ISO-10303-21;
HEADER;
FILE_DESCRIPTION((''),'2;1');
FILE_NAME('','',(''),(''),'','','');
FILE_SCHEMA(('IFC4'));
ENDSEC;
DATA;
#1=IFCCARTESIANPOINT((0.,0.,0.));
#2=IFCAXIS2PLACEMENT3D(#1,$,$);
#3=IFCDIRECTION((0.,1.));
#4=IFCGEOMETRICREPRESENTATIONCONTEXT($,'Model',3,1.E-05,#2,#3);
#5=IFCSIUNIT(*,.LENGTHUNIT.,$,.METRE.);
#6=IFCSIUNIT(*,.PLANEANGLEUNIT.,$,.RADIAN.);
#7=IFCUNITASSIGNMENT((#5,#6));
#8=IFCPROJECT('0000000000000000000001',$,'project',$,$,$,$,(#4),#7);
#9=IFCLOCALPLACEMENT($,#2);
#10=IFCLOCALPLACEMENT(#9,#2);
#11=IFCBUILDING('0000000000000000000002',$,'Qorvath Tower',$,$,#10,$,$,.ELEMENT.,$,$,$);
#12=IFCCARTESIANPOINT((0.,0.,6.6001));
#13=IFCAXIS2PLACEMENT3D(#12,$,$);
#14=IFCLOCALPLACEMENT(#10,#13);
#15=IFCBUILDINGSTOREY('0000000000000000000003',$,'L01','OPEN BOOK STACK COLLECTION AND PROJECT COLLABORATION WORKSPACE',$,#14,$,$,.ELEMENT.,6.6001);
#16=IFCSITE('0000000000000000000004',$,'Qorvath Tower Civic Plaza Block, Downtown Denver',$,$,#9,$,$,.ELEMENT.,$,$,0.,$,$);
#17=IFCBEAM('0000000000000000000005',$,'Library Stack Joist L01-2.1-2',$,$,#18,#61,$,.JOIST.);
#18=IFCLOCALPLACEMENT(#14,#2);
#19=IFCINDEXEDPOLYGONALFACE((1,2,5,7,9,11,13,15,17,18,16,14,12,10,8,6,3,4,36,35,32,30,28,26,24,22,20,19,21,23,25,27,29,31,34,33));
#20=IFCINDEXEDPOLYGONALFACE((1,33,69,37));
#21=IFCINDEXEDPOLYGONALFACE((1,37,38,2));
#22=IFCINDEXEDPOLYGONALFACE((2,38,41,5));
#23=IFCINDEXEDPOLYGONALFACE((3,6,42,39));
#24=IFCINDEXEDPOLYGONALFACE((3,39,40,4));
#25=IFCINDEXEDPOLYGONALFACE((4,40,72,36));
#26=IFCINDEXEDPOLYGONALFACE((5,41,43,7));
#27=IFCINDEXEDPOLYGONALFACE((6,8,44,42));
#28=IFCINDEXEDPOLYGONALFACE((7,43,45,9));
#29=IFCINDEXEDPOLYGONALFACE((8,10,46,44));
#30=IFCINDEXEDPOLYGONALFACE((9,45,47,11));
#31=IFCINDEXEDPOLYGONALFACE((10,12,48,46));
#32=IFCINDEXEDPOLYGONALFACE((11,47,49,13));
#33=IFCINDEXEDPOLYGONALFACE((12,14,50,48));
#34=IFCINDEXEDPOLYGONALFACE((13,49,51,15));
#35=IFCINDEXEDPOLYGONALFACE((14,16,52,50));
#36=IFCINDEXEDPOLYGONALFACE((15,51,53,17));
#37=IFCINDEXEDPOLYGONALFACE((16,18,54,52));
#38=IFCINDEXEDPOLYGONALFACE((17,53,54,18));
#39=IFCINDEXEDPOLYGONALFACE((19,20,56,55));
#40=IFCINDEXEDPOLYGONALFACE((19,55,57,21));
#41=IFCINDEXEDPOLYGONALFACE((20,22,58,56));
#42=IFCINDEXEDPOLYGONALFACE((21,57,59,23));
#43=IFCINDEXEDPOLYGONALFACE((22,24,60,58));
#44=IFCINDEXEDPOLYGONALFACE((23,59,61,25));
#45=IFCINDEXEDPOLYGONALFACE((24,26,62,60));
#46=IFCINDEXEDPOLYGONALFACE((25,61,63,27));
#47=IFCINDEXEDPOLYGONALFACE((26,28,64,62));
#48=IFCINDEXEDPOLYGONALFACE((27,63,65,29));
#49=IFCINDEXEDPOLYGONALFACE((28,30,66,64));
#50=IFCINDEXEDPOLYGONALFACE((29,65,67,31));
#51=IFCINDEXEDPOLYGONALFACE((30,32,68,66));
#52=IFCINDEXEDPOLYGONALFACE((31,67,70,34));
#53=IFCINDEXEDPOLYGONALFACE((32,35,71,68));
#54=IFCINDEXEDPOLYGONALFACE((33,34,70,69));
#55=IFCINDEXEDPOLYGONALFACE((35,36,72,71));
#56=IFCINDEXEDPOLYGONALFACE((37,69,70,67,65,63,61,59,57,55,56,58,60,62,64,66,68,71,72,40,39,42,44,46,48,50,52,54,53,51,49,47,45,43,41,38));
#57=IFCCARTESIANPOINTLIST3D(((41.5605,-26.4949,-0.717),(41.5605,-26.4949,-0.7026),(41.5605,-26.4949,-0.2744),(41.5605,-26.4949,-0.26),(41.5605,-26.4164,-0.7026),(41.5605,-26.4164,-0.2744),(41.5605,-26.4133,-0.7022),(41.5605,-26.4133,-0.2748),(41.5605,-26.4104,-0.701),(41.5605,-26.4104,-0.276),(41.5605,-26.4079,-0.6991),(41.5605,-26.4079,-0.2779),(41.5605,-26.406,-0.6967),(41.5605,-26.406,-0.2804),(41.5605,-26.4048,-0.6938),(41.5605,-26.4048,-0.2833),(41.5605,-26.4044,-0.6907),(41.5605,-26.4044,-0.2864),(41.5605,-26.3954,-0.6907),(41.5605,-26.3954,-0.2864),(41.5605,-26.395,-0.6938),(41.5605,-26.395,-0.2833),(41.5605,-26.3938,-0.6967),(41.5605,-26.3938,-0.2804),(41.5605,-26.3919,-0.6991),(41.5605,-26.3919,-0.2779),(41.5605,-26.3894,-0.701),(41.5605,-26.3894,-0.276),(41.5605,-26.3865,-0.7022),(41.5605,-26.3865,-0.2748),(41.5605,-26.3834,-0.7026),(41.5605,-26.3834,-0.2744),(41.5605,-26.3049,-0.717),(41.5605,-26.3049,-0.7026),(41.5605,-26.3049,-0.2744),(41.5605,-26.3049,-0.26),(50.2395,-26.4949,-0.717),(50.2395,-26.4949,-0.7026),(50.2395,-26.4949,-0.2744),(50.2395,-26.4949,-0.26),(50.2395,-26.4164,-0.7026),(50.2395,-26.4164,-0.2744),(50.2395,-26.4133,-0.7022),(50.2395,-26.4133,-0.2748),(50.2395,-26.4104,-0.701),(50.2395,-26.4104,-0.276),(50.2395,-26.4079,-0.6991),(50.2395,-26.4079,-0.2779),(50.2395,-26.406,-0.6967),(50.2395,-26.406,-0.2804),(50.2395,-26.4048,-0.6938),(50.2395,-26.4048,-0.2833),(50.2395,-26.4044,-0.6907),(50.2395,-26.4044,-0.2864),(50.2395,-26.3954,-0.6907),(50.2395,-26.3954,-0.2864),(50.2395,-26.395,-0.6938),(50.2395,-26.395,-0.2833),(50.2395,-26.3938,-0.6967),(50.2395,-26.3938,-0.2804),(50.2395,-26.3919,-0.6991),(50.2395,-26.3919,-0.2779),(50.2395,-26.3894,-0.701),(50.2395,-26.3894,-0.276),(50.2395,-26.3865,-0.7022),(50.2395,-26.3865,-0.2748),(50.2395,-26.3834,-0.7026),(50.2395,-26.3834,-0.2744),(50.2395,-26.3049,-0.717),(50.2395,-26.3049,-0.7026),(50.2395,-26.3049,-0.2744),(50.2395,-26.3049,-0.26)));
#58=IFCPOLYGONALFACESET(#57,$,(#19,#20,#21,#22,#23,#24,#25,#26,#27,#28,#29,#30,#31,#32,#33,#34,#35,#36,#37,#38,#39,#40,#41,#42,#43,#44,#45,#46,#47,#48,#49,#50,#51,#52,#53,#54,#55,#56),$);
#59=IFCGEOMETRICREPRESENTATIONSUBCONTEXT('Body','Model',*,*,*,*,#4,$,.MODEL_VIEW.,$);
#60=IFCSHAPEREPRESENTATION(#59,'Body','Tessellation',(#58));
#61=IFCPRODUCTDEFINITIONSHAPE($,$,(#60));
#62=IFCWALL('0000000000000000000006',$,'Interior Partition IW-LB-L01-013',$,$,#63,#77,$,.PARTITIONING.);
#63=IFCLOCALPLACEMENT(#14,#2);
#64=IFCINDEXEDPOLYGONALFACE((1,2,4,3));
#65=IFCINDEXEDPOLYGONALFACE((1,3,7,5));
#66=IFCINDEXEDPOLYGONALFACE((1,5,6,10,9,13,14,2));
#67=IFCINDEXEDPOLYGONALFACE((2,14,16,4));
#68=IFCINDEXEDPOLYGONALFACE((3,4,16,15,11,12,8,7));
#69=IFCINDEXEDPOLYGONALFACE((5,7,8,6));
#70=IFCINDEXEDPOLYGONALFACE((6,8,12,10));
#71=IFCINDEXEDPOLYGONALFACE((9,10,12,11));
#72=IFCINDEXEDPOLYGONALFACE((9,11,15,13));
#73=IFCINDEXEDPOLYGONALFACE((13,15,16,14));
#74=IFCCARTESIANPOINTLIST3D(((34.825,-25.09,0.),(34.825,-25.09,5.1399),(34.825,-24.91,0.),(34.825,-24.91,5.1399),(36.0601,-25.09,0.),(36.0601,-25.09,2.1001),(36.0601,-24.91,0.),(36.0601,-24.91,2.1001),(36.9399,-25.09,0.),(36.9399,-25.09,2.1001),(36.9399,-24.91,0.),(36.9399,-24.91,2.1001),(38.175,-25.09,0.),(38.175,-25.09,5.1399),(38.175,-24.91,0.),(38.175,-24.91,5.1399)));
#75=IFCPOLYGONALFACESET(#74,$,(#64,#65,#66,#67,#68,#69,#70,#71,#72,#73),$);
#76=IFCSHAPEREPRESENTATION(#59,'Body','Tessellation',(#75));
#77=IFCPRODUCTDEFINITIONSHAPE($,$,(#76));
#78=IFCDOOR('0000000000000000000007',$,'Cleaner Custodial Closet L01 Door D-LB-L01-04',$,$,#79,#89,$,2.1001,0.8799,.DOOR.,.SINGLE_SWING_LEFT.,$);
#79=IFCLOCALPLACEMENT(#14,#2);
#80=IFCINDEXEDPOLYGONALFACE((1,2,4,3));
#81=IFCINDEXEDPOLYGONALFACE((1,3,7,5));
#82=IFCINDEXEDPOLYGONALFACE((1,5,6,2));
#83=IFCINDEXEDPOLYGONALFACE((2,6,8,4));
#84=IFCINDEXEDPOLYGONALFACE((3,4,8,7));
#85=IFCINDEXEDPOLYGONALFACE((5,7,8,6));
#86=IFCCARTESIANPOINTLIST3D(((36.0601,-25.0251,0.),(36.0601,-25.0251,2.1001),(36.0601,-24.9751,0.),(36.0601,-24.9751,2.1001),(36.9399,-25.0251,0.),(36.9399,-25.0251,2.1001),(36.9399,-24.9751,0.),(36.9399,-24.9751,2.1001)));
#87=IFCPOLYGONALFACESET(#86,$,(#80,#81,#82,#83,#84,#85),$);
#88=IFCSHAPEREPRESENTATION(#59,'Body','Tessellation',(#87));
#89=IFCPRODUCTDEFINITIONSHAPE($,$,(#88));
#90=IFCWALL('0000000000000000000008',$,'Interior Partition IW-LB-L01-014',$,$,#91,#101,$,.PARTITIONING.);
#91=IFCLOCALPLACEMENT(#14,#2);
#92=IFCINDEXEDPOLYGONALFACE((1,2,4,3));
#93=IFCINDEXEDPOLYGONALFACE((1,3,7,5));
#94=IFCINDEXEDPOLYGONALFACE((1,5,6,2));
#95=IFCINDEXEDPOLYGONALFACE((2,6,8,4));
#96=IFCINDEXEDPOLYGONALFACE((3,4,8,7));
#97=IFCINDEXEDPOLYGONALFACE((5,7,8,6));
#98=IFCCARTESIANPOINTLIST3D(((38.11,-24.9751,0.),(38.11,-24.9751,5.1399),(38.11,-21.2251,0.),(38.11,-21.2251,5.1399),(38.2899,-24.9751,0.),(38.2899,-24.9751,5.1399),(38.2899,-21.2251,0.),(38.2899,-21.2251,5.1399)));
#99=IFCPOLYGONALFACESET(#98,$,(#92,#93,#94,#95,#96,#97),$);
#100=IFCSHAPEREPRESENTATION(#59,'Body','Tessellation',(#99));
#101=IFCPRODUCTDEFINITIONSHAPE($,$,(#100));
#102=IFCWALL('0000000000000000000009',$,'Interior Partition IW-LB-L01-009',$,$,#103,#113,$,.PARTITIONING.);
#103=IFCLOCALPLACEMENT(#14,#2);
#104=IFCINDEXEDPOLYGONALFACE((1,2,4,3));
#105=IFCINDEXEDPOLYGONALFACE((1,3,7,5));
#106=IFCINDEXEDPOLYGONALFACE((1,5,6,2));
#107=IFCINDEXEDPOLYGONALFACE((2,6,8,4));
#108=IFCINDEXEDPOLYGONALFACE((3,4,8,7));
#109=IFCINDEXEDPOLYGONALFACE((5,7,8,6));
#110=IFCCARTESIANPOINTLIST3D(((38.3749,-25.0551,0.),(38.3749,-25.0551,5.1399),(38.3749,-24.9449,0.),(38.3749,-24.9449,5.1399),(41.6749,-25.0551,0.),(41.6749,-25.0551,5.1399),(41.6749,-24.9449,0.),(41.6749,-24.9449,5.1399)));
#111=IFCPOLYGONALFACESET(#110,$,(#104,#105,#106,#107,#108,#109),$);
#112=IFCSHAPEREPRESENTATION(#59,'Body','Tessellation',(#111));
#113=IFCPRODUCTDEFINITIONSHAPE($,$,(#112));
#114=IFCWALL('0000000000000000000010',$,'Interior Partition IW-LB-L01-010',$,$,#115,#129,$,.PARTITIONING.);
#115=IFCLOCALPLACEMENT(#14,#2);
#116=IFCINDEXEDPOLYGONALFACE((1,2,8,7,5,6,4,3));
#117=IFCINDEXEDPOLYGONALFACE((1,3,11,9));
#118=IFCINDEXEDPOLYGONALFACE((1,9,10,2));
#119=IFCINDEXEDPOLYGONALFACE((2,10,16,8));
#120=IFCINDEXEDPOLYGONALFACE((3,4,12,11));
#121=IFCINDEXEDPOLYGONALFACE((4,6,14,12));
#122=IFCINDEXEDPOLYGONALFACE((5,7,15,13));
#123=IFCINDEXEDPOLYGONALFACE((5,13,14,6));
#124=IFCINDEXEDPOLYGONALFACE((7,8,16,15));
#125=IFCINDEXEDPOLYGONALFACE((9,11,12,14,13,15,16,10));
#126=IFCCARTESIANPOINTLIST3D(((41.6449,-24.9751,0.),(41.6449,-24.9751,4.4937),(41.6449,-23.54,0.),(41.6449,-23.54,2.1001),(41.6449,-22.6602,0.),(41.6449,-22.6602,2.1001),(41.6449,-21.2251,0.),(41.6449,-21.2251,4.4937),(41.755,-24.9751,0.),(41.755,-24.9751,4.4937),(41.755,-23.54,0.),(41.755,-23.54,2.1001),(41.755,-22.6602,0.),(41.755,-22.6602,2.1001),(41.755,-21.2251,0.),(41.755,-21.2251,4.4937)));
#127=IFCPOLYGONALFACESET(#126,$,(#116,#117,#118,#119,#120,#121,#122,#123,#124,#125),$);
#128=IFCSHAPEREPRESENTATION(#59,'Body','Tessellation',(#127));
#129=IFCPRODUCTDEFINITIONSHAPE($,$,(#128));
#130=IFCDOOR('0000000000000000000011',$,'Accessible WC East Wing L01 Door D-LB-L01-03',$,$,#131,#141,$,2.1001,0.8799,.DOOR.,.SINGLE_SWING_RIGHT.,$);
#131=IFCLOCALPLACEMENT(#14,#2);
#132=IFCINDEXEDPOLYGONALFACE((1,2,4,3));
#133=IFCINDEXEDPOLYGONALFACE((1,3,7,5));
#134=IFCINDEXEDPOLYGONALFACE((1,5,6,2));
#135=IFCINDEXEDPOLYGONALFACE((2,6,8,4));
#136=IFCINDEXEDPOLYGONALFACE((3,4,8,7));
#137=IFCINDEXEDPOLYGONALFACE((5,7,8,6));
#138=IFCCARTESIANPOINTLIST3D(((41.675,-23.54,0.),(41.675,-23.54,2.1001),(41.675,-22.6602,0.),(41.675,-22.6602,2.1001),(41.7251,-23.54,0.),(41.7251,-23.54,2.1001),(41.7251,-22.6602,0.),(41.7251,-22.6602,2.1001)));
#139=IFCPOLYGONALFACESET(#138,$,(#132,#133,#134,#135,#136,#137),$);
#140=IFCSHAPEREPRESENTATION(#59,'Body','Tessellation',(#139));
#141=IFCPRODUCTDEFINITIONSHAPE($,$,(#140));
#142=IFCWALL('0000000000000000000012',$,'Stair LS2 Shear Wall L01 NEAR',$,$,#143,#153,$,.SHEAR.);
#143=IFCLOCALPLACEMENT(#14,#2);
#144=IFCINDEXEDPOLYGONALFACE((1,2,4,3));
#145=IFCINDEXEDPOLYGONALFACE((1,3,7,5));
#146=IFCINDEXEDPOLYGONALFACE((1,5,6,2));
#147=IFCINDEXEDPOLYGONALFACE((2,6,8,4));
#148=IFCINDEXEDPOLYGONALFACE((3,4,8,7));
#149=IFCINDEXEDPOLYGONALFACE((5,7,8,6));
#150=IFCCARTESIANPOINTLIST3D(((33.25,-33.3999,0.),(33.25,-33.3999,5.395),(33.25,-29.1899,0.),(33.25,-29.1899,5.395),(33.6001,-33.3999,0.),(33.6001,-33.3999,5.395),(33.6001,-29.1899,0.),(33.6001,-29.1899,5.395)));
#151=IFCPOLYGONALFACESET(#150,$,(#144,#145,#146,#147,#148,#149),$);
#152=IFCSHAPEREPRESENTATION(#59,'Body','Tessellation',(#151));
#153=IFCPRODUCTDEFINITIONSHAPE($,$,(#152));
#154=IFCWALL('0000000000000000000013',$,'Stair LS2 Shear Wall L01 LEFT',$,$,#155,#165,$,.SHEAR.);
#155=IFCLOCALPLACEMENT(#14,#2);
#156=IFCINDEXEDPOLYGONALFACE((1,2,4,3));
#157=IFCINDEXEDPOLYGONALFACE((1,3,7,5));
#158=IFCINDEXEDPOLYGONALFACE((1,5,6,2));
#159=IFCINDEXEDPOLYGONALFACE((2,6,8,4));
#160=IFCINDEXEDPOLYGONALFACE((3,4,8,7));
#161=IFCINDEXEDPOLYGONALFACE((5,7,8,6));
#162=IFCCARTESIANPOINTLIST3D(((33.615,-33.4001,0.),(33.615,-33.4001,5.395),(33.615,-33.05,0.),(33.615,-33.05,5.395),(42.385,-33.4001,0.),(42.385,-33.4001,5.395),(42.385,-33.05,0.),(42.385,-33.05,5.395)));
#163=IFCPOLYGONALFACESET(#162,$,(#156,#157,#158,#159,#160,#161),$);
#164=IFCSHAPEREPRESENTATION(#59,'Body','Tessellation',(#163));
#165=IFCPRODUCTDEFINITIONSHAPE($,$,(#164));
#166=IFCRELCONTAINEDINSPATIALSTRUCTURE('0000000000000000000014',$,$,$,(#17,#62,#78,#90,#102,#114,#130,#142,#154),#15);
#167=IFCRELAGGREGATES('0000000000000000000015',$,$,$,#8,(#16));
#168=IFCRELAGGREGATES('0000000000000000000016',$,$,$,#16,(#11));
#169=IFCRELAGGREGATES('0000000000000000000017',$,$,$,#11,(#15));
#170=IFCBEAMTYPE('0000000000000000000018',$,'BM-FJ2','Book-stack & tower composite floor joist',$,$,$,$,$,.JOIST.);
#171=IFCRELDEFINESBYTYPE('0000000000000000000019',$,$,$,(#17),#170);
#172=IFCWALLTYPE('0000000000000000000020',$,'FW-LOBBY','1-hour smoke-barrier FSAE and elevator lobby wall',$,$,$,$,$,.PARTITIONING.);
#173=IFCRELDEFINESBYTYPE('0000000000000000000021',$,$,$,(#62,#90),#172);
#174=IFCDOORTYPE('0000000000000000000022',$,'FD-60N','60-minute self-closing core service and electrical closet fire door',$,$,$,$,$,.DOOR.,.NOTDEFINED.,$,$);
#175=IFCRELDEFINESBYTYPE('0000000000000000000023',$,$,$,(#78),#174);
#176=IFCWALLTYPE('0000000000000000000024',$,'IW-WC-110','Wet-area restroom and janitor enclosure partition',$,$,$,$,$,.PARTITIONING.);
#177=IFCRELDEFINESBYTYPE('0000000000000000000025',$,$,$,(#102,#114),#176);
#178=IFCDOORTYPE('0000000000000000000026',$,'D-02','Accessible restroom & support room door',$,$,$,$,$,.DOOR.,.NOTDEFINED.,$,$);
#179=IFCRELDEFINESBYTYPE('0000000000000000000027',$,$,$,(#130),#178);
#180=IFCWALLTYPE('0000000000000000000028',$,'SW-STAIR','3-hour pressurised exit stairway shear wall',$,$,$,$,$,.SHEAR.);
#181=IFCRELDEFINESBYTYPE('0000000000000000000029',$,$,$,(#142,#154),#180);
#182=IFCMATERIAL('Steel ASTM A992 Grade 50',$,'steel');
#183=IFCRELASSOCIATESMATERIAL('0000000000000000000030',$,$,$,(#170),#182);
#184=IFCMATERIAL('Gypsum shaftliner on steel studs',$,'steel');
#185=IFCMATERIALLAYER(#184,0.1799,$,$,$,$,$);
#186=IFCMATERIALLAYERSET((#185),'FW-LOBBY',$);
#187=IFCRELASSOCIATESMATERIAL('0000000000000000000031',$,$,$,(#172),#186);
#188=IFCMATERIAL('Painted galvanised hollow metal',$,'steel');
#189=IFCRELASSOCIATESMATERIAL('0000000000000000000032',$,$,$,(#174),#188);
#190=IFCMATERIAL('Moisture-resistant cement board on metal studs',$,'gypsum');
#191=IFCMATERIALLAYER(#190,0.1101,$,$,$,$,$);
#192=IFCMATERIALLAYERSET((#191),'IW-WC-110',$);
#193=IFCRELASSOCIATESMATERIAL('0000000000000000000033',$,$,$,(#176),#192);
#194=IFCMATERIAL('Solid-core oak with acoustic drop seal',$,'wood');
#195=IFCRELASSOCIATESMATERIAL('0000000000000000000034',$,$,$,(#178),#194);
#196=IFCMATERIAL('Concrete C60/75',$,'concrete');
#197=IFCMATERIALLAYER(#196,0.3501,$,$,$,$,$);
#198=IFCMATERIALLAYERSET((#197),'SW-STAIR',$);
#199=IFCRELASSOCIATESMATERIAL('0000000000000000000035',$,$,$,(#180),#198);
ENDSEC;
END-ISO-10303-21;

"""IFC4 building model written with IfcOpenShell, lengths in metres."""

from ifc_helpers import new_model, si_unit, direction, frame, frame_2d, origin, origin_2d, place, context, subcontext, project, spatial, rectangle, i_section, extrude, material, layer, layer_set, material_profile, profile_set, type_object, element, fill, save


model = new_model("IFC4")

# Units and contexts
model_context = context("Model", 3, precision=1e-05, world=origin(), true_north=direction((0.0, 1.0)))
body_context = subcontext(model_context, "Body", "Model", "MODEL_VIEW")
ifc_project = project(units=[si_unit("LENGTHUNIT", "METRE"), si_unit("PLANEANGLEUNIT", "RADIAN")], contexts=[model_context])

# Site, building, storey
site_placement = place(None, origin())
site = spatial("IfcSite", under=ifc_project, at=site_placement, Name="Qorvath Tower Civic Plaza Block, Downtown Denver", CompositionType="ELEMENT", RefElevation=0.0)
building_placement = place(site_placement, origin())
building = spatial("IfcBuilding", under=site, at=building_placement, Name="Qorvath Tower", CompositionType="ELEMENT")
storey_placement = place(building_placement, frame((0.0, 0.0, 6.6001)))
storey = spatial("IfcBuildingStorey", under=building, at=storey_placement, Name="L01", Description="OPEN BOOK STACK COLLECTION AND PROJECT COLLABORATION WORKSPACE", CompositionType="ELEMENT", Elevation=6.6001)

# Beam
ifc_material_1 = material(Name="Steel ASTM A992 Grade 50", Category="steel")
ifc_material_profile_1 = material_profile(ifc_material_1, i_section(OverallWidth=0.1899, OverallDepth=0.457, WebThickness=0.009, FlangeThickness=0.0144, FilletRadius=0.012, at=origin_2d()), Name="W18x50")
ifc_profile_set_1 = profile_set([ifc_material_profile_1], Name="Steel ASTM A992 Grade 50")
beam_type_1 = type_object("IfcBeamType", Name="BM-FJ2", Description="Book-stack & tower composite floor joist", PredefinedType="JOIST", material=ifc_profile_set_1)
beam_1_placement = place(storey_placement, frame((41.5605, -26.3999, -0.4885), z_axis=(1.0, 0.0, 0.0), x_axis=(0.0, 1.0, 0.0)))
element("IfcBeam", 1, at=beam_1_placement, inside=storey, type_object=beam_type_1, Name="Library Stack Joist L01-2.1-2", PredefinedType="JOIST", context=body_context, shape_type="SweptSolid", body=[
    extrude(i_section(OverallWidth=0.1899, OverallDepth=0.457, WebThickness=0.009, FlangeThickness=0.0144, FilletRadius=0.012, at=origin_2d()), origin(), (0.0, 0.0, 1.0), 8.679),
])

# Wall, opening, door
ifc_material_2 = material(Name="Gypsum shaftliner on steel studs", Category="steel")
ifc_layer_1 = layer(ifc_material_2, 0.1799)
ifc_layer_set_1 = layer_set([ifc_layer_1], Name="FW-LOBBY")
wall_type_1 = type_object("IfcWallType", Name="FW-LOBBY", Description="1-hour smoke-barrier FSAE and elevator lobby wall", PredefinedType="PARTITIONING", material=ifc_layer_set_1)
wall_1_placement = place(storey_placement, frame((34.825, -25.0, 0.0), z_axis=(0.0, 0.0, 1.0), x_axis=(1.0, 0.0, 0.0)))
wall_1 = element("IfcWall", 2, at=wall_1_placement, inside=storey, type_object=wall_type_1, Name="Interior Partition IW-LB-L01-013", PredefinedType="PARTITIONING", context=body_context, shape_type="SweptSolid", body=[
    extrude(rectangle(XDim=3.3501, YDim=0.1799, at=frame_2d((1.675, 0.0))), origin(), (0.0, 0.0, 1.0), 5.1399),
])
opening_1_placement = place(wall_1_placement, frame((1.2351, 0.0, 0.0)))
opening_1 = element("IfcOpeningElement", 3, at=opening_1_placement, cuts=wall_1, PredefinedType="OPENING", context=body_context, shape_type="SweptSolid", body=[
    extrude(rectangle(XDim=0.8799, YDim=2.1001, at=frame_2d((0.4399, 1.05))), frame((0.0, 0.1001, 0.0), z_axis=(0.0, -1.0, 0.0), x_axis=(1.0, 0.0, 0.0)), (0.0, 0.0, 1.0), 0.2),
])
ifc_material_3 = material(Name="Painted galvanised hollow metal", Category="steel")
door_type_1 = type_object("IfcDoorType", Name="FD-60N", Description="60-minute self-closing core service and electrical closet fire door", OperationType="NOTDEFINED", PredefinedType="DOOR", material=ifc_material_3)
door_1_placement = place(opening_1_placement, origin())
door_1 = element("IfcDoor", 4, at=door_1_placement, inside=storey, type_object=door_type_1, Name="Cleaner Custodial Closet L01 Door D-LB-L01-04", OperationType="SINGLE_SWING_LEFT", OverallHeight=2.1001, OverallWidth=0.8799, PredefinedType="DOOR", context=body_context, shape_type="SweptSolid", body=[
    extrude(rectangle(XDim=0.8799, YDim=2.1001, at=frame_2d((0.4399, 1.05))), frame((0.0, 0.0249, 0.0), z_axis=(0.0, -1.0, 0.0), x_axis=(1.0, 0.0, 0.0)), (0.0, 0.0, 1.0), 0.05),
])
fill(opening_1, door_1)

# Walls
wall_2_placement = place(storey_placement, frame((38.2, -24.9751, 0.0), z_axis=(0.0, 0.0, 1.0), x_axis=(0.0, 1.0, 0.0)))
element("IfcWall", 5, at=wall_2_placement, inside=storey, type_object=wall_type_1, Name="Interior Partition IW-LB-L01-014", PredefinedType="PARTITIONING", context=body_context, shape_type="SweptSolid", body=[
    extrude(rectangle(XDim=3.75, YDim=0.1799, at=frame_2d((1.875, 0.0))), origin(), (0.0, 0.0, 1.0), 5.1399),
])
ifc_material_4 = material(Name="Moisture-resistant cement board on metal studs", Category="gypsum")
ifc_layer_2 = layer(ifc_material_4, 0.1101)
ifc_layer_set_2 = layer_set([ifc_layer_2], Name="IW-WC-110")
wall_type_2 = type_object("IfcWallType", Name="IW-WC-110", Description="Wet-area restroom and janitor enclosure partition", PredefinedType="PARTITIONING", material=ifc_layer_set_2)
wall_3_placement = place(storey_placement, frame((38.375, -25.0, 0.0), z_axis=(0.0, 0.0, 1.0), x_axis=(1.0, 0.0, 0.0)))
element("IfcWall", 6, at=wall_3_placement, inside=storey, type_object=wall_type_2, Name="Interior Partition IW-LB-L01-009", PredefinedType="PARTITIONING", context=body_context, shape_type="SweptSolid", body=[
    extrude(rectangle(XDim=3.3, YDim=0.1101, at=frame_2d((1.6499, 0.0))), origin(), (0.0, 0.0, 1.0), 5.1399),
])

# Wall, opening, door
wall_4_placement = place(storey_placement, frame((41.7, -24.9751, 0.0), z_axis=(0.0, 0.0, 1.0), x_axis=(0.0, 1.0, 0.0)))
wall_4 = element("IfcWall", 7, at=wall_4_placement, inside=storey, type_object=wall_type_2, Name="Interior Partition IW-LB-L01-010", PredefinedType="PARTITIONING", context=body_context, shape_type="SweptSolid", body=[
    extrude(rectangle(XDim=3.75, YDim=0.1101, at=frame_2d((1.875, 0.0))), origin(), (0.0, 0.0, 1.0), 4.4937),
])
opening_2_placement = place(wall_4_placement, frame((1.4351, 0.0, 0.0)))
opening_2 = element("IfcOpeningElement", 8, at=opening_2_placement, cuts=wall_4, PredefinedType="OPENING", context=body_context, shape_type="SweptSolid", body=[
    extrude(rectangle(XDim=0.8799, YDim=2.1001, at=frame_2d((0.4399, 1.05))), frame((0.0, 0.0649, 0.0), z_axis=(0.0, -1.0, 0.0), x_axis=(1.0, 0.0, 0.0)), (0.0, 0.0, 1.0), 0.1301),
])
ifc_material_5 = material(Name="Solid-core oak with acoustic drop seal", Category="wood")
door_type_2 = type_object("IfcDoorType", Name="D-02", Description="Accessible restroom & support room door", OperationType="NOTDEFINED", PredefinedType="DOOR", material=ifc_material_5)
door_2_placement = place(opening_2_placement, origin())
door_2 = element("IfcDoor", 9, at=door_2_placement, inside=storey, type_object=door_type_2, Name="Accessible WC East Wing L01 Door D-LB-L01-03", OperationType="SINGLE_SWING_RIGHT", OverallHeight=2.1001, OverallWidth=0.8799, PredefinedType="DOOR", context=body_context, shape_type="SweptSolid", body=[
    extrude(rectangle(XDim=0.8799, YDim=2.1001, at=frame_2d((0.4399, 1.05))), frame((0.0, 0.0249, 0.0), z_axis=(0.0, -1.0, 0.0), x_axis=(1.0, 0.0, 0.0)), (0.0, 0.0, 1.0), 0.05),
])
fill(opening_2, door_2)

# Walls
ifc_material_6 = material(Name="Concrete C60/75", Category="concrete")
ifc_layer_3 = layer(ifc_material_6, 0.3501)
ifc_layer_set_3 = layer_set([ifc_layer_3], Name="SW-STAIR")
wall_type_3 = type_object("IfcWallType", Name="SW-STAIR", Description="3-hour pressurised exit stairway shear wall", PredefinedType="SHEAR", material=ifc_layer_set_3)
wall_5_placement = place(storey_placement, frame((33.425, -29.1899, 0.0), z_axis=(0.0, 0.0, 1.0), x_axis=(0.0, -1.0, 0.0)))
element("IfcWall", 10, at=wall_5_placement, inside=storey, type_object=wall_type_3, Name="Stair LS2 Shear Wall L01 NEAR", PredefinedType="SHEAR", context=body_context, shape_type="SweptSolid", body=[
    extrude(rectangle(XDim=4.21, YDim=0.3501, at=frame_2d((2.105, 0.0))), origin(), (0.0, 0.0, 1.0), 5.395),
])
wall_6_placement = place(storey_placement, frame((33.615, -33.2251, 0.0), z_axis=(0.0, 0.0, 1.0), x_axis=(1.0, 0.0, 0.0)))
element("IfcWall", 11, at=wall_6_placement, inside=storey, type_object=wall_type_3, Name="Stair LS2 Shear Wall L01 LEFT", PredefinedType="SHEAR", context=body_context, shape_type="SweptSolid", body=[
    extrude(rectangle(XDim=8.77, YDim=0.3501, at=frame_2d((4.385, 0.0))), origin(), (0.0, 0.0, 1.0), 5.395),
])

save(model, "model.ifc")
